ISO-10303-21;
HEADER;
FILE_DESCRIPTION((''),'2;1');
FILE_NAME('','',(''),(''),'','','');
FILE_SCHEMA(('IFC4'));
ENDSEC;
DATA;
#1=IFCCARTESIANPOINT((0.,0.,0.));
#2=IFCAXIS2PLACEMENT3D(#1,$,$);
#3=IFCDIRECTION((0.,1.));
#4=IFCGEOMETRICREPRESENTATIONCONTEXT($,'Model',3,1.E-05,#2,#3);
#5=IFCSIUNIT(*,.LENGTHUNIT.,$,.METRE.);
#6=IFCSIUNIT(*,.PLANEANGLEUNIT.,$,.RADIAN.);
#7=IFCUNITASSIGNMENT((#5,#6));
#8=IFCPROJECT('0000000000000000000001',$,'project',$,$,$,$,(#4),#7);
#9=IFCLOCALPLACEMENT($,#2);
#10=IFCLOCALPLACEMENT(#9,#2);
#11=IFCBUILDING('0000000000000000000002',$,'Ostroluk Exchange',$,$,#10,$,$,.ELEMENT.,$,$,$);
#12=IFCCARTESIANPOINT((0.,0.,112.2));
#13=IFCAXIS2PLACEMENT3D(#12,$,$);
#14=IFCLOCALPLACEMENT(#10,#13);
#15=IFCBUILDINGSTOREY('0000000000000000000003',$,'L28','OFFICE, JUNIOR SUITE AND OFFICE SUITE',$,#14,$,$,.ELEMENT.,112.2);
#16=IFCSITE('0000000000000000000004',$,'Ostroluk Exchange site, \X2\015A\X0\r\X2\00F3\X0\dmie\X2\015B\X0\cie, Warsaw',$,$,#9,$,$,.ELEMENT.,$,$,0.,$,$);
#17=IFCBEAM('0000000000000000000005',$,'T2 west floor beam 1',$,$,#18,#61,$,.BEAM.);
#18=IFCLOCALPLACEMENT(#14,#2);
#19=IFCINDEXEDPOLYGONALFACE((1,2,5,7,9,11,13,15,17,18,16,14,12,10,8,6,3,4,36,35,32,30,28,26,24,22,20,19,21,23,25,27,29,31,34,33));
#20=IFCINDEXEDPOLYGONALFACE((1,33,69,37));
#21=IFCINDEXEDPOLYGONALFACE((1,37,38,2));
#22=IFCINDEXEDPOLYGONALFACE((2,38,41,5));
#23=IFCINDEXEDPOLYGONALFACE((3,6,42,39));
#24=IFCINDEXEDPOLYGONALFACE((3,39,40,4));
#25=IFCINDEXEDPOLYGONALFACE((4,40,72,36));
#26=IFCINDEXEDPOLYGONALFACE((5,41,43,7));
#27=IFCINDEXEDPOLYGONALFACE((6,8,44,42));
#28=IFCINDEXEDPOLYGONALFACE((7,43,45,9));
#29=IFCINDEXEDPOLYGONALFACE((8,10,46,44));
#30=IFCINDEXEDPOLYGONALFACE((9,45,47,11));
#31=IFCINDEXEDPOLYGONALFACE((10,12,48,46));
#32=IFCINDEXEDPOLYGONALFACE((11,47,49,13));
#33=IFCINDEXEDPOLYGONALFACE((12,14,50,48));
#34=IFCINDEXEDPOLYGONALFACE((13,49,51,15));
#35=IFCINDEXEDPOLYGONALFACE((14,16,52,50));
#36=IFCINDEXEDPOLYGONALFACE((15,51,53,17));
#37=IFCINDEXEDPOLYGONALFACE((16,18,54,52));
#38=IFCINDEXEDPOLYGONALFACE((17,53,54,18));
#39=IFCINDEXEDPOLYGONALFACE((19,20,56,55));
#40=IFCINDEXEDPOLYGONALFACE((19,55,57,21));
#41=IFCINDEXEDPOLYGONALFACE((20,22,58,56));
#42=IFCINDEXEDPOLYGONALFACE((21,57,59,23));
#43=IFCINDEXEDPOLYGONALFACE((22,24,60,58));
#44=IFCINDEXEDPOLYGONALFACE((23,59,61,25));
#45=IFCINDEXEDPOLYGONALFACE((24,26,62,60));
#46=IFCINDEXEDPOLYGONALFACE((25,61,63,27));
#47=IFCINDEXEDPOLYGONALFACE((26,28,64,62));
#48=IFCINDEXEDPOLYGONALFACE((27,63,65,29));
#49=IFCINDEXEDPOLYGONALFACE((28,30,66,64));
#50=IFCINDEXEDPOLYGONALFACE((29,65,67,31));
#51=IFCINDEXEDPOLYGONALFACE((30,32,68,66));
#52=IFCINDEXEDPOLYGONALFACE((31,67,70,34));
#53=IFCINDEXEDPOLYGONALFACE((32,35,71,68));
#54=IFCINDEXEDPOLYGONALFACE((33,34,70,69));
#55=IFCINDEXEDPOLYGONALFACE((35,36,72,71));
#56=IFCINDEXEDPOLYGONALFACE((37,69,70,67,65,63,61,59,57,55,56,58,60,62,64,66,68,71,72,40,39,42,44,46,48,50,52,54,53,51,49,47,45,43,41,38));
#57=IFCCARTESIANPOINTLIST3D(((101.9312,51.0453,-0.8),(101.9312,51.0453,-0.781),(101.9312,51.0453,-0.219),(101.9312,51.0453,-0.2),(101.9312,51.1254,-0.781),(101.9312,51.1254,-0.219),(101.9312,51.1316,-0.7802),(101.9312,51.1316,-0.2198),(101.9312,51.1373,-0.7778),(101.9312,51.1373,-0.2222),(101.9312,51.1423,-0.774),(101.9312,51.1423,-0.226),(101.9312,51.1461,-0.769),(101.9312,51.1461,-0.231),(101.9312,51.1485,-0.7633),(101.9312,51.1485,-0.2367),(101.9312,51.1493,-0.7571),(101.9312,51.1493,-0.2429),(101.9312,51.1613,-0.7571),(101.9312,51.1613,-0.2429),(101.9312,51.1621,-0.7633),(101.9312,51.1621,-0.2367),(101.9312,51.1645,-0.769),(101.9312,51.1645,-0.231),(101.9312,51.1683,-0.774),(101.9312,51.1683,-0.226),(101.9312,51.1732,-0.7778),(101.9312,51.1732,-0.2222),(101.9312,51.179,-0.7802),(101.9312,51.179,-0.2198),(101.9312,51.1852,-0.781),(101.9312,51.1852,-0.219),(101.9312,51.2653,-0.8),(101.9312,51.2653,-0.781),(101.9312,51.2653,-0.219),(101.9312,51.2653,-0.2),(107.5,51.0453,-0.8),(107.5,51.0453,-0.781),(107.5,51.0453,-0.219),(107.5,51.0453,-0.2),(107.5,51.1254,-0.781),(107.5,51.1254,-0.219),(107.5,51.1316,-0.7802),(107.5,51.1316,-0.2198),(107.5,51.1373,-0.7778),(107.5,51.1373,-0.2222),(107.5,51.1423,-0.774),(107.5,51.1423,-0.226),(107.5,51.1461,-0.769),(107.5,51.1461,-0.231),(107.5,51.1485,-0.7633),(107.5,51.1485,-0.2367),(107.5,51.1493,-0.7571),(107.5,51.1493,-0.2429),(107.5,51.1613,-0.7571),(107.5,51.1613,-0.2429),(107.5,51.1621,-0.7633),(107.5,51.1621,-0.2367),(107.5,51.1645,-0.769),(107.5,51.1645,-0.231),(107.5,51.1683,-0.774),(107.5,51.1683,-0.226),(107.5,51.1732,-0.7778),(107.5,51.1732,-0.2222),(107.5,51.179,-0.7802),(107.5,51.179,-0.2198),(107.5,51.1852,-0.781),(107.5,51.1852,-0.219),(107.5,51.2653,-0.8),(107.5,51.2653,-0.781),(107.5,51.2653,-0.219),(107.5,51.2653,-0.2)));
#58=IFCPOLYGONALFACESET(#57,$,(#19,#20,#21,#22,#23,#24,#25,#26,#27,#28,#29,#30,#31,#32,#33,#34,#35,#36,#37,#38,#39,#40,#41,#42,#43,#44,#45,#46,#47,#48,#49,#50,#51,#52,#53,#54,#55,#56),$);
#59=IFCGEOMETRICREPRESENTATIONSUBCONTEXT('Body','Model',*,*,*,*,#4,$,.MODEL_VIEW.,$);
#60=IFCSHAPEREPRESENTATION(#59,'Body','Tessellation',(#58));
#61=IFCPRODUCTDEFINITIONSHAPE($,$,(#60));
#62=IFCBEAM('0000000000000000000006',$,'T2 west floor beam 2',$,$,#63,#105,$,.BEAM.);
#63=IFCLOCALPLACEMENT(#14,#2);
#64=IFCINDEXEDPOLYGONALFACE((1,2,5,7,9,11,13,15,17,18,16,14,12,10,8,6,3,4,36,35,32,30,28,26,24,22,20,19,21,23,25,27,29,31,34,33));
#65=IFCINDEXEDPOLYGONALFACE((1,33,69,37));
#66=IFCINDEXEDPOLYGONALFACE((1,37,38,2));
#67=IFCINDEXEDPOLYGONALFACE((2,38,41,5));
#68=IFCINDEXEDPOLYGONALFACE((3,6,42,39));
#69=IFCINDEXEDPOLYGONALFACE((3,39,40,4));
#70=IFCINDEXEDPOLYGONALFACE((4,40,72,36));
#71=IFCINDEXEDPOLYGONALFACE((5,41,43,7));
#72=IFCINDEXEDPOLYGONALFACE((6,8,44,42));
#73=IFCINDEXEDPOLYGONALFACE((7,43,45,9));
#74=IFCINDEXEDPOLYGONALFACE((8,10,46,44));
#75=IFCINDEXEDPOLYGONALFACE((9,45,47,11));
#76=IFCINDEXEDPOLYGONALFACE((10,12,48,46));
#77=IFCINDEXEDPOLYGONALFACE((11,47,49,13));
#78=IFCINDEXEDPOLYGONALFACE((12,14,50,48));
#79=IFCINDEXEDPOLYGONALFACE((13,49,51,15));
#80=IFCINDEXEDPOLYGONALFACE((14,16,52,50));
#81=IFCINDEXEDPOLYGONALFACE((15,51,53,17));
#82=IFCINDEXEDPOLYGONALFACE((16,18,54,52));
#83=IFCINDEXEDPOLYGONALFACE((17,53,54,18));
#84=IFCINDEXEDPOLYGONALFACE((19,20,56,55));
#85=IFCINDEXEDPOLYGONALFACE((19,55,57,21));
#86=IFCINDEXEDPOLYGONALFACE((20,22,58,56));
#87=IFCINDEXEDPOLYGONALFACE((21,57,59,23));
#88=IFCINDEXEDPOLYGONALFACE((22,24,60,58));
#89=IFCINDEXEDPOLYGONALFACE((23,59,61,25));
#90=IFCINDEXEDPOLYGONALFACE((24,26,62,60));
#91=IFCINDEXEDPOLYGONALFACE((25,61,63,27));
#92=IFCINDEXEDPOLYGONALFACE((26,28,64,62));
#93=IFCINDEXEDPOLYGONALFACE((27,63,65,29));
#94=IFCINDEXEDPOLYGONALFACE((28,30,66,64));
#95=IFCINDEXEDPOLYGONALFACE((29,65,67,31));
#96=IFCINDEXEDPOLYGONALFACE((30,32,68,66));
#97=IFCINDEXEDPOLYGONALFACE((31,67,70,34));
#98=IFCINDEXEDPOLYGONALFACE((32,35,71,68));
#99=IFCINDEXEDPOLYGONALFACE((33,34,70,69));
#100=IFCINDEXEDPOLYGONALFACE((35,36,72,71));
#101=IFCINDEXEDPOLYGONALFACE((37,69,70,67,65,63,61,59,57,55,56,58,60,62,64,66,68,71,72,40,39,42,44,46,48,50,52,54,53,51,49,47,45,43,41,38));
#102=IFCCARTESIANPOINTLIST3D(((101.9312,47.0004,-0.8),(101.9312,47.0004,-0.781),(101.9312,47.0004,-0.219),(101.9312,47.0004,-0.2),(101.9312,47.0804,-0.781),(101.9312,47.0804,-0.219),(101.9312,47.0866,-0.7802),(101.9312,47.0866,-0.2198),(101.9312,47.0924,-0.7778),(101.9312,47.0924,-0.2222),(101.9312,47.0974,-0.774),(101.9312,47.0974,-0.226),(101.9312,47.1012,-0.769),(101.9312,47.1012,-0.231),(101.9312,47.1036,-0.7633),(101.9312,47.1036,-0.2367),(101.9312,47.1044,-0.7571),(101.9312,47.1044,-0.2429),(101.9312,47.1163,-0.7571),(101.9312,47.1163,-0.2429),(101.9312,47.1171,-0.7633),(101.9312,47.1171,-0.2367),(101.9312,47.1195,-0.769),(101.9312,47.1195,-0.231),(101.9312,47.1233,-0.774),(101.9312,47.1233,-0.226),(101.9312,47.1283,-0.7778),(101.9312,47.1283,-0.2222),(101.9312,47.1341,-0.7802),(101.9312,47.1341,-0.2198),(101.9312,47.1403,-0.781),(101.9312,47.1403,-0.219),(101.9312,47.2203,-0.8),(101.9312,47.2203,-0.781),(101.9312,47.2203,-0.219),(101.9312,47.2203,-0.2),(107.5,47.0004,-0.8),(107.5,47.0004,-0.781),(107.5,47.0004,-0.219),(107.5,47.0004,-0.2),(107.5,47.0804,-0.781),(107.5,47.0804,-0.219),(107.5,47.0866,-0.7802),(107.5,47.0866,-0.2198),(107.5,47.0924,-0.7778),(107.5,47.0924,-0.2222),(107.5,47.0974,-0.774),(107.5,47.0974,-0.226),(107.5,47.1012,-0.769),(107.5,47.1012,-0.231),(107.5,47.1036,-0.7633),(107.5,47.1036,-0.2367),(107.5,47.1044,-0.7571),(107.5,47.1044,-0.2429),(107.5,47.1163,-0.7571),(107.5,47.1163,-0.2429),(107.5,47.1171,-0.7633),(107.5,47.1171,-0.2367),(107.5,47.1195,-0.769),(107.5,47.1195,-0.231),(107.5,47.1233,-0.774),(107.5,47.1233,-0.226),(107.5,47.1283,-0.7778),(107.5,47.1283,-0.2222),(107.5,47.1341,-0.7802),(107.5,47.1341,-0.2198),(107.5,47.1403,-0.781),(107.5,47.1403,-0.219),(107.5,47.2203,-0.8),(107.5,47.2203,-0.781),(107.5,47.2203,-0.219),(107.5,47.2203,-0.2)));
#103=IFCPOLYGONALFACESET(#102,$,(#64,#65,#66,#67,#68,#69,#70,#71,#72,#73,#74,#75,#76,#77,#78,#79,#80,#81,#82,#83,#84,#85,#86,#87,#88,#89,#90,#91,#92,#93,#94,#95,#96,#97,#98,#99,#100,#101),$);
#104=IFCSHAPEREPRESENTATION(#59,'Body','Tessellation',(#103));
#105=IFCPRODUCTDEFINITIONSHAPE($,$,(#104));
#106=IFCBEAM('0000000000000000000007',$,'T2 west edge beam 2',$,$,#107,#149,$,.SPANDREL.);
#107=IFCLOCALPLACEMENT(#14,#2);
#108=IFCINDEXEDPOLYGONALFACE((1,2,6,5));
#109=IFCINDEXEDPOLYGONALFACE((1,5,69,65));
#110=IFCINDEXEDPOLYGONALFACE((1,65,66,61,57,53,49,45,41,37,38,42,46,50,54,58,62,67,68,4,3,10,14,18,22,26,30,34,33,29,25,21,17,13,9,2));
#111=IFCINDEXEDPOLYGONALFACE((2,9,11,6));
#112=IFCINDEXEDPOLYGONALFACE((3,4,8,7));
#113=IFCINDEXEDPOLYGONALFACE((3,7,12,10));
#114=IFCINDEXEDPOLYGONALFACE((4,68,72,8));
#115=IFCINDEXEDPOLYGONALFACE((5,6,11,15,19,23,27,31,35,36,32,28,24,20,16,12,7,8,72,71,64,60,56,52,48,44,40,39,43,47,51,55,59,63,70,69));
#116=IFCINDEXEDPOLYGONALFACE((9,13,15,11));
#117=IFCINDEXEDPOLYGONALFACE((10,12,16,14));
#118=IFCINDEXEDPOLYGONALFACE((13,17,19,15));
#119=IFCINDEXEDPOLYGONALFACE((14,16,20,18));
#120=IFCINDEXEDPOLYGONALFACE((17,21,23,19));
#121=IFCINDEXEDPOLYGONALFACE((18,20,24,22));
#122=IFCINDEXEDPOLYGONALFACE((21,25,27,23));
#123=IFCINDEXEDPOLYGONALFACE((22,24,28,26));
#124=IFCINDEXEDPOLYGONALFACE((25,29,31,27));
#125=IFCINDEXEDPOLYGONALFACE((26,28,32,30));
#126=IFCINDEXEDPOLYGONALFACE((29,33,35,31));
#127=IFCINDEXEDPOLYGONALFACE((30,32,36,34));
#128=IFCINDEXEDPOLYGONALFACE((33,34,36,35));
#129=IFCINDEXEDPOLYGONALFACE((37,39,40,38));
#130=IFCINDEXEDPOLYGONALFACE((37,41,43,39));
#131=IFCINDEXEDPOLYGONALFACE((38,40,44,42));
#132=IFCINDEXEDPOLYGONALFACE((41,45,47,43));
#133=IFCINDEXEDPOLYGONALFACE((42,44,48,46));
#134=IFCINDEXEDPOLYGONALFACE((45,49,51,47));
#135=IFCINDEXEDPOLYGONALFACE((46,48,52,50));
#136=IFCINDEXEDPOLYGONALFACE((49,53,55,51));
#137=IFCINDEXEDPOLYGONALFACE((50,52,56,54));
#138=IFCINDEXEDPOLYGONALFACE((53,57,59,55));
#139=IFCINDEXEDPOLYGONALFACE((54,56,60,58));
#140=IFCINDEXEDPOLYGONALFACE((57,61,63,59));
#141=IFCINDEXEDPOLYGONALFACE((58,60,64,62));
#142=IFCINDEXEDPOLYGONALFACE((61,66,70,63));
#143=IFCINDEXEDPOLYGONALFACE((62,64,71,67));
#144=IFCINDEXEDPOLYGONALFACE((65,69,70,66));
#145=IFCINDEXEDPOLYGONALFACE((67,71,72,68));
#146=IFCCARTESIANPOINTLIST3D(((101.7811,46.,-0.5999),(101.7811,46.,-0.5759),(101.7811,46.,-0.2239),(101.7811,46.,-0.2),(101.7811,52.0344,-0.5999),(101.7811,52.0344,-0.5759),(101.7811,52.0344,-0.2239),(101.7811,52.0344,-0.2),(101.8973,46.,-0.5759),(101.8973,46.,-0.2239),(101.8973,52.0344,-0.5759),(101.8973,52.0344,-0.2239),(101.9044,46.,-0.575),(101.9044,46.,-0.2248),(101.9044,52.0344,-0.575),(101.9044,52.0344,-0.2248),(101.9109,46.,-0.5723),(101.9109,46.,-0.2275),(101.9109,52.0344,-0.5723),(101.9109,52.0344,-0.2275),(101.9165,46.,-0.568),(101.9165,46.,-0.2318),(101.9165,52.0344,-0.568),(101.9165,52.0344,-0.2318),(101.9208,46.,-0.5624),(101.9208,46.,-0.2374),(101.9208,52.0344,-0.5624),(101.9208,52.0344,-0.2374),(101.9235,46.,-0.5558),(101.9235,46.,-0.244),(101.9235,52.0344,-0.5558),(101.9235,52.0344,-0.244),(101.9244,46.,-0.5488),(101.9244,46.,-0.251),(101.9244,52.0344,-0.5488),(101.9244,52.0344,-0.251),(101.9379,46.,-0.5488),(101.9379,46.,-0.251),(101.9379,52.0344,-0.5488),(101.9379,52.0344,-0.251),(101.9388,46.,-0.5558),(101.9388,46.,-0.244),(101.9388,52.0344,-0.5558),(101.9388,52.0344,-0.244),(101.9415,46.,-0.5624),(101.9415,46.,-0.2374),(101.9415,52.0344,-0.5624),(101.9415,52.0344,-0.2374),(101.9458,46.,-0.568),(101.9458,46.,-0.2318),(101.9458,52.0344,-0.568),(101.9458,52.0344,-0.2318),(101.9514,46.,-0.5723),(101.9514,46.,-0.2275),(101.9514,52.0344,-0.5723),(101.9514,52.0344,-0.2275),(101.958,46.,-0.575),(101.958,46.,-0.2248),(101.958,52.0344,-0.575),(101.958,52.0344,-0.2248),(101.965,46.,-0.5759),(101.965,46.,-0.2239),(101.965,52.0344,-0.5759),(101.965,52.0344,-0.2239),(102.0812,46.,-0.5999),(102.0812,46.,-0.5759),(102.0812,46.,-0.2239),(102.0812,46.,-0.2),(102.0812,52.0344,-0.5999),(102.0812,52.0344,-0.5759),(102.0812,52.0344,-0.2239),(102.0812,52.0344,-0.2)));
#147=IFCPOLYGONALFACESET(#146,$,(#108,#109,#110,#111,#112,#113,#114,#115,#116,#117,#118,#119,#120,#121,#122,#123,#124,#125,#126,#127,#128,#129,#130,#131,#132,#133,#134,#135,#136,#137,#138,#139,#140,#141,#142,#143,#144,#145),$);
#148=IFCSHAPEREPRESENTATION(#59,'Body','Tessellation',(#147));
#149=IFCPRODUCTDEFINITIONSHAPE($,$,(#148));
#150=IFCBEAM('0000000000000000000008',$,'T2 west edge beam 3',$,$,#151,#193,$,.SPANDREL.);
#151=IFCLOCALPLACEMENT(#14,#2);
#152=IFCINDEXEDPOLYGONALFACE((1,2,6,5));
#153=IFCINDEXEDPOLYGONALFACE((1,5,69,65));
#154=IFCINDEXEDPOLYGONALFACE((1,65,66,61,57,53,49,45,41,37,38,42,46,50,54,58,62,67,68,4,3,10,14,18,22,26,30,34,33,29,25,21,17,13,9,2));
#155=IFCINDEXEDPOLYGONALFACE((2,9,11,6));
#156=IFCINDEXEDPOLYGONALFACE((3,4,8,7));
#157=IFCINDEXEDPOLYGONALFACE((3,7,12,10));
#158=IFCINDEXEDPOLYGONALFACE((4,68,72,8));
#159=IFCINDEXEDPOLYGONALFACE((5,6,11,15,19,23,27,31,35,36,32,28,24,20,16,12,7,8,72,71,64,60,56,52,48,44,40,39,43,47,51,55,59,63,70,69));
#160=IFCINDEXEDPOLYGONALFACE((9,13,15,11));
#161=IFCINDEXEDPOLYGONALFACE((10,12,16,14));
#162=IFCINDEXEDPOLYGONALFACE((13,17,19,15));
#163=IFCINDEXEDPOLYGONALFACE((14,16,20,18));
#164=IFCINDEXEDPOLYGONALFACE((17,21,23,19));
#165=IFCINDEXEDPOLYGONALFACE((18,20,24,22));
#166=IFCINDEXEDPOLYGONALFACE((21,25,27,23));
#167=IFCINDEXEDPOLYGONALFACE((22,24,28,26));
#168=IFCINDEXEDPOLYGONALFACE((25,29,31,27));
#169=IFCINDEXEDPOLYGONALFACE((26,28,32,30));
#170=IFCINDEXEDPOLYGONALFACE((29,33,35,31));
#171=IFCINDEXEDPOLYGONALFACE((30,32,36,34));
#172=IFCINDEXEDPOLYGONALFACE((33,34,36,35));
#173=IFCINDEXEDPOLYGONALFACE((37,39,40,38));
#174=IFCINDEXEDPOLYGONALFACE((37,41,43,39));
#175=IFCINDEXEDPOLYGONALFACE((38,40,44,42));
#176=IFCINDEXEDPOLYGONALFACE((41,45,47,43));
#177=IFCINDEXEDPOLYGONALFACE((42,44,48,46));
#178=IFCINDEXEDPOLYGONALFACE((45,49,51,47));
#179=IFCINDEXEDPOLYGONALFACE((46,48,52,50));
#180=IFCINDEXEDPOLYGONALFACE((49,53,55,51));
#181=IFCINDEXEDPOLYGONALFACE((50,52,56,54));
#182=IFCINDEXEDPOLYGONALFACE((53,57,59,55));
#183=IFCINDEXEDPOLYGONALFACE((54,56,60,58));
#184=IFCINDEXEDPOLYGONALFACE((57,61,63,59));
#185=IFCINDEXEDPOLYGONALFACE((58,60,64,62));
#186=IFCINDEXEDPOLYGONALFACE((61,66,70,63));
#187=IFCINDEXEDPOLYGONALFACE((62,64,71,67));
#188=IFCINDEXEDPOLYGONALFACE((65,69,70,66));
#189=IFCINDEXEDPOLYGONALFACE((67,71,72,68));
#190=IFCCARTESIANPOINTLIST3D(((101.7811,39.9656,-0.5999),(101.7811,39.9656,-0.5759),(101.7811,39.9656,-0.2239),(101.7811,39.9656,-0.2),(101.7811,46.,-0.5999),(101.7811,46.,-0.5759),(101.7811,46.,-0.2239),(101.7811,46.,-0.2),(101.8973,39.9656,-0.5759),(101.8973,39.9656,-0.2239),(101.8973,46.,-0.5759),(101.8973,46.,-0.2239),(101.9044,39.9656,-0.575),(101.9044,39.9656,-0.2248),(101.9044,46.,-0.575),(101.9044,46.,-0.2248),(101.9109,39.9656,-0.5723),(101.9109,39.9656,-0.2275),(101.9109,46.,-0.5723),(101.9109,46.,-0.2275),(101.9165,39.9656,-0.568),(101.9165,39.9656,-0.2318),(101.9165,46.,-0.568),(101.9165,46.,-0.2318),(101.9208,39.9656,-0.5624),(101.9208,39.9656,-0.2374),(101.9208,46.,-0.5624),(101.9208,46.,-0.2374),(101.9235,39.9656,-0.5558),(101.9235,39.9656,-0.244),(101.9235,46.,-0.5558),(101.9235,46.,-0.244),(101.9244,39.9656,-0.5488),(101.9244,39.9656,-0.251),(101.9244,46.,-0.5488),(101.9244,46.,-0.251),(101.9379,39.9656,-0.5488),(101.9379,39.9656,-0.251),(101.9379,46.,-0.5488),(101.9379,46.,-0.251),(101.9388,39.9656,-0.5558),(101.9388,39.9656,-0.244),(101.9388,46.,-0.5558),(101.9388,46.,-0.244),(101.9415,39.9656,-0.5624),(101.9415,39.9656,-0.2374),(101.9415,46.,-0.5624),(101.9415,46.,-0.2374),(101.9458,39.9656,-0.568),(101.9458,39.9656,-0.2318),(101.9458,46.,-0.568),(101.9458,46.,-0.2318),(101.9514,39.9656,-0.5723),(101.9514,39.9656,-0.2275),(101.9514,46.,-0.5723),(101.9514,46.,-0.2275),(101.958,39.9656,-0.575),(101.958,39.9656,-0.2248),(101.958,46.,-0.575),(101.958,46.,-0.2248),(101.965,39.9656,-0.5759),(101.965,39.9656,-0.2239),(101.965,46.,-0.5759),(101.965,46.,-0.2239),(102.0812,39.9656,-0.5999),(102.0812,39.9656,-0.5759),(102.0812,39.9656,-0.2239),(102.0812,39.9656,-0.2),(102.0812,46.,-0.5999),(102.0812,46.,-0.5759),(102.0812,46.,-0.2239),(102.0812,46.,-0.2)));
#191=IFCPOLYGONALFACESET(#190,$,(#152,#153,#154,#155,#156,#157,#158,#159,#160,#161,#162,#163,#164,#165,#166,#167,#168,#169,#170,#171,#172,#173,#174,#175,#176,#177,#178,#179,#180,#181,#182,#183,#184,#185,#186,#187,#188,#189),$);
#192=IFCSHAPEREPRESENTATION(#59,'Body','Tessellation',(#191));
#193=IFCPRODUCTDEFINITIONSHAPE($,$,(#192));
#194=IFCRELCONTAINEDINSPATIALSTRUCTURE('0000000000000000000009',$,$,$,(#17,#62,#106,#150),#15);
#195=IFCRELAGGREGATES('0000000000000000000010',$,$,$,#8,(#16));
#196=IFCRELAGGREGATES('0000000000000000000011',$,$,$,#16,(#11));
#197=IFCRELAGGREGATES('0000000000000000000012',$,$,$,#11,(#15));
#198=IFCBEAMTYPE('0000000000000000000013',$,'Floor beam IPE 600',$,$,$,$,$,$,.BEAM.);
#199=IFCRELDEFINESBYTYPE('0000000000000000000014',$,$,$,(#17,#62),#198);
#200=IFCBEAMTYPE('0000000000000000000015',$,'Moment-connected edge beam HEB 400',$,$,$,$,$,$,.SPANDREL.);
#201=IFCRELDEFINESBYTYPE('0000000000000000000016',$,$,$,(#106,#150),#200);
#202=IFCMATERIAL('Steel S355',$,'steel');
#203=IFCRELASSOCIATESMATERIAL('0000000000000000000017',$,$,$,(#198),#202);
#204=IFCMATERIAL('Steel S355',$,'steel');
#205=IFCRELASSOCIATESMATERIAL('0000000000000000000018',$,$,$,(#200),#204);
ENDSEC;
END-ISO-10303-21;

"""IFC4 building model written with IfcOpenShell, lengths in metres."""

from ifc_helpers import new_model, si_unit, direction, frame, origin, origin_2d, place, context, subcontext, project, spatial, i_section, extrude, material, material_profile, profile_set, type_object, element, save


model = new_model("IFC4")

# Units and contexts
model_context = context("Model", 3, precision=1e-05, world=origin(), true_north=direction((0.0, 1.0)))
body_context = subcontext(model_context, "Body", "Model", "MODEL_VIEW")
ifc_project = project(units=[si_unit("LENGTHUNIT", "METRE"), si_unit("PLANEANGLEUNIT", "RADIAN")], contexts=[model_context])

# Site, building, storey
site_placement = place(None, origin())
site = spatial("IfcSite", under=ifc_project, at=site_placement, Name="Ostroluk Exchange site, Śródmieście, Warsaw", CompositionType="ELEMENT", RefElevation=0.0)
building_placement = place(site_placement, origin())
building = spatial("IfcBuilding", under=site, at=building_placement, Name="Ostroluk Exchange", CompositionType="ELEMENT")
storey_placement = place(building_placement, frame((0.0, 0.0, 112.2)))
storey = spatial("IfcBuildingStorey", under=building, at=storey_placement, Name="L28", Description="OFFICE, JUNIOR SUITE AND OFFICE SUITE", CompositionType="ELEMENT", Elevation=112.2)

# Beams
ifc_material_1 = material(Name="Steel S355", Category="steel")
ifc_material_profile_1 = material_profile(ifc_material_1, i_section(OverallWidth=0.22, OverallDepth=0.6001, WebThickness=0.012, FlangeThickness=0.019, FilletRadius=0.0239, at=origin_2d()), Name="IPE 600")
ifc_profile_set_1 = profile_set([ifc_material_profile_1], Name="Steel S355")
beam_type_1 = type_object("IfcBeamType", Name="Floor beam IPE 600", PredefinedType="BEAM", material=ifc_profile_set_1)
for number, where, z_axis, x_axis, name in (
    (1, (107.5, 51.1553, -0.5), (-1.0, 0.0, 0.0), (0.0, -1.0, 0.0), "T2 west floor beam 1"),
    (2, (107.5, 47.1104, -0.5), (-1.0, 0.0, 0.0), (0.0, -1.0, 0.0), "T2 west floor beam 2"),
):
    element("IfcBeam", number, at=place(storey_placement, frame(where, z_axis=z_axis, x_axis=x_axis)), inside=storey, type_object=beam_type_1, Name=name, PredefinedType="BEAM", context=body_context, shape_type="SweptSolid", body=[
        extrude(i_section(OverallWidth=0.22, OverallDepth=0.6001, WebThickness=0.012, FlangeThickness=0.019, FilletRadius=0.0239, at=origin_2d()), origin(), (0.0, 0.0, 1.0), 5.5688),
    ])
ifc_material_2 = material(Name="Steel S355", Category="steel")
ifc_material_profile_2 = material_profile(ifc_material_2, i_section(OverallWidth=0.3, OverallDepth=0.3999, WebThickness=0.0134, FlangeThickness=0.0239, FilletRadius=0.0271, at=origin_2d()), Name="HEB 400")
ifc_profile_set_2 = profile_set([ifc_material_profile_2], Name="Steel S355")
beam_type_2 = type_object("IfcBeamType", Name="Moment-connected edge beam HEB 400", PredefinedType="SPANDREL", material=ifc_profile_set_2)
for number, where, z_axis, x_axis, name in (
    (3, (101.9312, 52.0344, -0.3999), (0.0, -1.0, 0.0), (1.0, 0.0, 0.0), "T2 west edge beam 2"),
    (4, (101.9312, 46.0, -0.3999), (0.0, -1.0, 0.0), (1.0, 0.0, 0.0), "T2 west edge beam 3"),
):
    element("IfcBeam", number, at=place(storey_placement, frame(where, z_axis=z_axis, x_axis=x_axis)), inside=storey, type_object=beam_type_2, Name=name, PredefinedType="SPANDREL", context=body_context, shape_type="SweptSolid", body=[
        extrude(i_section(OverallWidth=0.3, OverallDepth=0.3999, WebThickness=0.0134, FlangeThickness=0.0239, FilletRadius=0.0271, at=origin_2d()), origin(), (0.0, 0.0, 1.0), 6.0344),
    ])

save(model, "model.ifc")
